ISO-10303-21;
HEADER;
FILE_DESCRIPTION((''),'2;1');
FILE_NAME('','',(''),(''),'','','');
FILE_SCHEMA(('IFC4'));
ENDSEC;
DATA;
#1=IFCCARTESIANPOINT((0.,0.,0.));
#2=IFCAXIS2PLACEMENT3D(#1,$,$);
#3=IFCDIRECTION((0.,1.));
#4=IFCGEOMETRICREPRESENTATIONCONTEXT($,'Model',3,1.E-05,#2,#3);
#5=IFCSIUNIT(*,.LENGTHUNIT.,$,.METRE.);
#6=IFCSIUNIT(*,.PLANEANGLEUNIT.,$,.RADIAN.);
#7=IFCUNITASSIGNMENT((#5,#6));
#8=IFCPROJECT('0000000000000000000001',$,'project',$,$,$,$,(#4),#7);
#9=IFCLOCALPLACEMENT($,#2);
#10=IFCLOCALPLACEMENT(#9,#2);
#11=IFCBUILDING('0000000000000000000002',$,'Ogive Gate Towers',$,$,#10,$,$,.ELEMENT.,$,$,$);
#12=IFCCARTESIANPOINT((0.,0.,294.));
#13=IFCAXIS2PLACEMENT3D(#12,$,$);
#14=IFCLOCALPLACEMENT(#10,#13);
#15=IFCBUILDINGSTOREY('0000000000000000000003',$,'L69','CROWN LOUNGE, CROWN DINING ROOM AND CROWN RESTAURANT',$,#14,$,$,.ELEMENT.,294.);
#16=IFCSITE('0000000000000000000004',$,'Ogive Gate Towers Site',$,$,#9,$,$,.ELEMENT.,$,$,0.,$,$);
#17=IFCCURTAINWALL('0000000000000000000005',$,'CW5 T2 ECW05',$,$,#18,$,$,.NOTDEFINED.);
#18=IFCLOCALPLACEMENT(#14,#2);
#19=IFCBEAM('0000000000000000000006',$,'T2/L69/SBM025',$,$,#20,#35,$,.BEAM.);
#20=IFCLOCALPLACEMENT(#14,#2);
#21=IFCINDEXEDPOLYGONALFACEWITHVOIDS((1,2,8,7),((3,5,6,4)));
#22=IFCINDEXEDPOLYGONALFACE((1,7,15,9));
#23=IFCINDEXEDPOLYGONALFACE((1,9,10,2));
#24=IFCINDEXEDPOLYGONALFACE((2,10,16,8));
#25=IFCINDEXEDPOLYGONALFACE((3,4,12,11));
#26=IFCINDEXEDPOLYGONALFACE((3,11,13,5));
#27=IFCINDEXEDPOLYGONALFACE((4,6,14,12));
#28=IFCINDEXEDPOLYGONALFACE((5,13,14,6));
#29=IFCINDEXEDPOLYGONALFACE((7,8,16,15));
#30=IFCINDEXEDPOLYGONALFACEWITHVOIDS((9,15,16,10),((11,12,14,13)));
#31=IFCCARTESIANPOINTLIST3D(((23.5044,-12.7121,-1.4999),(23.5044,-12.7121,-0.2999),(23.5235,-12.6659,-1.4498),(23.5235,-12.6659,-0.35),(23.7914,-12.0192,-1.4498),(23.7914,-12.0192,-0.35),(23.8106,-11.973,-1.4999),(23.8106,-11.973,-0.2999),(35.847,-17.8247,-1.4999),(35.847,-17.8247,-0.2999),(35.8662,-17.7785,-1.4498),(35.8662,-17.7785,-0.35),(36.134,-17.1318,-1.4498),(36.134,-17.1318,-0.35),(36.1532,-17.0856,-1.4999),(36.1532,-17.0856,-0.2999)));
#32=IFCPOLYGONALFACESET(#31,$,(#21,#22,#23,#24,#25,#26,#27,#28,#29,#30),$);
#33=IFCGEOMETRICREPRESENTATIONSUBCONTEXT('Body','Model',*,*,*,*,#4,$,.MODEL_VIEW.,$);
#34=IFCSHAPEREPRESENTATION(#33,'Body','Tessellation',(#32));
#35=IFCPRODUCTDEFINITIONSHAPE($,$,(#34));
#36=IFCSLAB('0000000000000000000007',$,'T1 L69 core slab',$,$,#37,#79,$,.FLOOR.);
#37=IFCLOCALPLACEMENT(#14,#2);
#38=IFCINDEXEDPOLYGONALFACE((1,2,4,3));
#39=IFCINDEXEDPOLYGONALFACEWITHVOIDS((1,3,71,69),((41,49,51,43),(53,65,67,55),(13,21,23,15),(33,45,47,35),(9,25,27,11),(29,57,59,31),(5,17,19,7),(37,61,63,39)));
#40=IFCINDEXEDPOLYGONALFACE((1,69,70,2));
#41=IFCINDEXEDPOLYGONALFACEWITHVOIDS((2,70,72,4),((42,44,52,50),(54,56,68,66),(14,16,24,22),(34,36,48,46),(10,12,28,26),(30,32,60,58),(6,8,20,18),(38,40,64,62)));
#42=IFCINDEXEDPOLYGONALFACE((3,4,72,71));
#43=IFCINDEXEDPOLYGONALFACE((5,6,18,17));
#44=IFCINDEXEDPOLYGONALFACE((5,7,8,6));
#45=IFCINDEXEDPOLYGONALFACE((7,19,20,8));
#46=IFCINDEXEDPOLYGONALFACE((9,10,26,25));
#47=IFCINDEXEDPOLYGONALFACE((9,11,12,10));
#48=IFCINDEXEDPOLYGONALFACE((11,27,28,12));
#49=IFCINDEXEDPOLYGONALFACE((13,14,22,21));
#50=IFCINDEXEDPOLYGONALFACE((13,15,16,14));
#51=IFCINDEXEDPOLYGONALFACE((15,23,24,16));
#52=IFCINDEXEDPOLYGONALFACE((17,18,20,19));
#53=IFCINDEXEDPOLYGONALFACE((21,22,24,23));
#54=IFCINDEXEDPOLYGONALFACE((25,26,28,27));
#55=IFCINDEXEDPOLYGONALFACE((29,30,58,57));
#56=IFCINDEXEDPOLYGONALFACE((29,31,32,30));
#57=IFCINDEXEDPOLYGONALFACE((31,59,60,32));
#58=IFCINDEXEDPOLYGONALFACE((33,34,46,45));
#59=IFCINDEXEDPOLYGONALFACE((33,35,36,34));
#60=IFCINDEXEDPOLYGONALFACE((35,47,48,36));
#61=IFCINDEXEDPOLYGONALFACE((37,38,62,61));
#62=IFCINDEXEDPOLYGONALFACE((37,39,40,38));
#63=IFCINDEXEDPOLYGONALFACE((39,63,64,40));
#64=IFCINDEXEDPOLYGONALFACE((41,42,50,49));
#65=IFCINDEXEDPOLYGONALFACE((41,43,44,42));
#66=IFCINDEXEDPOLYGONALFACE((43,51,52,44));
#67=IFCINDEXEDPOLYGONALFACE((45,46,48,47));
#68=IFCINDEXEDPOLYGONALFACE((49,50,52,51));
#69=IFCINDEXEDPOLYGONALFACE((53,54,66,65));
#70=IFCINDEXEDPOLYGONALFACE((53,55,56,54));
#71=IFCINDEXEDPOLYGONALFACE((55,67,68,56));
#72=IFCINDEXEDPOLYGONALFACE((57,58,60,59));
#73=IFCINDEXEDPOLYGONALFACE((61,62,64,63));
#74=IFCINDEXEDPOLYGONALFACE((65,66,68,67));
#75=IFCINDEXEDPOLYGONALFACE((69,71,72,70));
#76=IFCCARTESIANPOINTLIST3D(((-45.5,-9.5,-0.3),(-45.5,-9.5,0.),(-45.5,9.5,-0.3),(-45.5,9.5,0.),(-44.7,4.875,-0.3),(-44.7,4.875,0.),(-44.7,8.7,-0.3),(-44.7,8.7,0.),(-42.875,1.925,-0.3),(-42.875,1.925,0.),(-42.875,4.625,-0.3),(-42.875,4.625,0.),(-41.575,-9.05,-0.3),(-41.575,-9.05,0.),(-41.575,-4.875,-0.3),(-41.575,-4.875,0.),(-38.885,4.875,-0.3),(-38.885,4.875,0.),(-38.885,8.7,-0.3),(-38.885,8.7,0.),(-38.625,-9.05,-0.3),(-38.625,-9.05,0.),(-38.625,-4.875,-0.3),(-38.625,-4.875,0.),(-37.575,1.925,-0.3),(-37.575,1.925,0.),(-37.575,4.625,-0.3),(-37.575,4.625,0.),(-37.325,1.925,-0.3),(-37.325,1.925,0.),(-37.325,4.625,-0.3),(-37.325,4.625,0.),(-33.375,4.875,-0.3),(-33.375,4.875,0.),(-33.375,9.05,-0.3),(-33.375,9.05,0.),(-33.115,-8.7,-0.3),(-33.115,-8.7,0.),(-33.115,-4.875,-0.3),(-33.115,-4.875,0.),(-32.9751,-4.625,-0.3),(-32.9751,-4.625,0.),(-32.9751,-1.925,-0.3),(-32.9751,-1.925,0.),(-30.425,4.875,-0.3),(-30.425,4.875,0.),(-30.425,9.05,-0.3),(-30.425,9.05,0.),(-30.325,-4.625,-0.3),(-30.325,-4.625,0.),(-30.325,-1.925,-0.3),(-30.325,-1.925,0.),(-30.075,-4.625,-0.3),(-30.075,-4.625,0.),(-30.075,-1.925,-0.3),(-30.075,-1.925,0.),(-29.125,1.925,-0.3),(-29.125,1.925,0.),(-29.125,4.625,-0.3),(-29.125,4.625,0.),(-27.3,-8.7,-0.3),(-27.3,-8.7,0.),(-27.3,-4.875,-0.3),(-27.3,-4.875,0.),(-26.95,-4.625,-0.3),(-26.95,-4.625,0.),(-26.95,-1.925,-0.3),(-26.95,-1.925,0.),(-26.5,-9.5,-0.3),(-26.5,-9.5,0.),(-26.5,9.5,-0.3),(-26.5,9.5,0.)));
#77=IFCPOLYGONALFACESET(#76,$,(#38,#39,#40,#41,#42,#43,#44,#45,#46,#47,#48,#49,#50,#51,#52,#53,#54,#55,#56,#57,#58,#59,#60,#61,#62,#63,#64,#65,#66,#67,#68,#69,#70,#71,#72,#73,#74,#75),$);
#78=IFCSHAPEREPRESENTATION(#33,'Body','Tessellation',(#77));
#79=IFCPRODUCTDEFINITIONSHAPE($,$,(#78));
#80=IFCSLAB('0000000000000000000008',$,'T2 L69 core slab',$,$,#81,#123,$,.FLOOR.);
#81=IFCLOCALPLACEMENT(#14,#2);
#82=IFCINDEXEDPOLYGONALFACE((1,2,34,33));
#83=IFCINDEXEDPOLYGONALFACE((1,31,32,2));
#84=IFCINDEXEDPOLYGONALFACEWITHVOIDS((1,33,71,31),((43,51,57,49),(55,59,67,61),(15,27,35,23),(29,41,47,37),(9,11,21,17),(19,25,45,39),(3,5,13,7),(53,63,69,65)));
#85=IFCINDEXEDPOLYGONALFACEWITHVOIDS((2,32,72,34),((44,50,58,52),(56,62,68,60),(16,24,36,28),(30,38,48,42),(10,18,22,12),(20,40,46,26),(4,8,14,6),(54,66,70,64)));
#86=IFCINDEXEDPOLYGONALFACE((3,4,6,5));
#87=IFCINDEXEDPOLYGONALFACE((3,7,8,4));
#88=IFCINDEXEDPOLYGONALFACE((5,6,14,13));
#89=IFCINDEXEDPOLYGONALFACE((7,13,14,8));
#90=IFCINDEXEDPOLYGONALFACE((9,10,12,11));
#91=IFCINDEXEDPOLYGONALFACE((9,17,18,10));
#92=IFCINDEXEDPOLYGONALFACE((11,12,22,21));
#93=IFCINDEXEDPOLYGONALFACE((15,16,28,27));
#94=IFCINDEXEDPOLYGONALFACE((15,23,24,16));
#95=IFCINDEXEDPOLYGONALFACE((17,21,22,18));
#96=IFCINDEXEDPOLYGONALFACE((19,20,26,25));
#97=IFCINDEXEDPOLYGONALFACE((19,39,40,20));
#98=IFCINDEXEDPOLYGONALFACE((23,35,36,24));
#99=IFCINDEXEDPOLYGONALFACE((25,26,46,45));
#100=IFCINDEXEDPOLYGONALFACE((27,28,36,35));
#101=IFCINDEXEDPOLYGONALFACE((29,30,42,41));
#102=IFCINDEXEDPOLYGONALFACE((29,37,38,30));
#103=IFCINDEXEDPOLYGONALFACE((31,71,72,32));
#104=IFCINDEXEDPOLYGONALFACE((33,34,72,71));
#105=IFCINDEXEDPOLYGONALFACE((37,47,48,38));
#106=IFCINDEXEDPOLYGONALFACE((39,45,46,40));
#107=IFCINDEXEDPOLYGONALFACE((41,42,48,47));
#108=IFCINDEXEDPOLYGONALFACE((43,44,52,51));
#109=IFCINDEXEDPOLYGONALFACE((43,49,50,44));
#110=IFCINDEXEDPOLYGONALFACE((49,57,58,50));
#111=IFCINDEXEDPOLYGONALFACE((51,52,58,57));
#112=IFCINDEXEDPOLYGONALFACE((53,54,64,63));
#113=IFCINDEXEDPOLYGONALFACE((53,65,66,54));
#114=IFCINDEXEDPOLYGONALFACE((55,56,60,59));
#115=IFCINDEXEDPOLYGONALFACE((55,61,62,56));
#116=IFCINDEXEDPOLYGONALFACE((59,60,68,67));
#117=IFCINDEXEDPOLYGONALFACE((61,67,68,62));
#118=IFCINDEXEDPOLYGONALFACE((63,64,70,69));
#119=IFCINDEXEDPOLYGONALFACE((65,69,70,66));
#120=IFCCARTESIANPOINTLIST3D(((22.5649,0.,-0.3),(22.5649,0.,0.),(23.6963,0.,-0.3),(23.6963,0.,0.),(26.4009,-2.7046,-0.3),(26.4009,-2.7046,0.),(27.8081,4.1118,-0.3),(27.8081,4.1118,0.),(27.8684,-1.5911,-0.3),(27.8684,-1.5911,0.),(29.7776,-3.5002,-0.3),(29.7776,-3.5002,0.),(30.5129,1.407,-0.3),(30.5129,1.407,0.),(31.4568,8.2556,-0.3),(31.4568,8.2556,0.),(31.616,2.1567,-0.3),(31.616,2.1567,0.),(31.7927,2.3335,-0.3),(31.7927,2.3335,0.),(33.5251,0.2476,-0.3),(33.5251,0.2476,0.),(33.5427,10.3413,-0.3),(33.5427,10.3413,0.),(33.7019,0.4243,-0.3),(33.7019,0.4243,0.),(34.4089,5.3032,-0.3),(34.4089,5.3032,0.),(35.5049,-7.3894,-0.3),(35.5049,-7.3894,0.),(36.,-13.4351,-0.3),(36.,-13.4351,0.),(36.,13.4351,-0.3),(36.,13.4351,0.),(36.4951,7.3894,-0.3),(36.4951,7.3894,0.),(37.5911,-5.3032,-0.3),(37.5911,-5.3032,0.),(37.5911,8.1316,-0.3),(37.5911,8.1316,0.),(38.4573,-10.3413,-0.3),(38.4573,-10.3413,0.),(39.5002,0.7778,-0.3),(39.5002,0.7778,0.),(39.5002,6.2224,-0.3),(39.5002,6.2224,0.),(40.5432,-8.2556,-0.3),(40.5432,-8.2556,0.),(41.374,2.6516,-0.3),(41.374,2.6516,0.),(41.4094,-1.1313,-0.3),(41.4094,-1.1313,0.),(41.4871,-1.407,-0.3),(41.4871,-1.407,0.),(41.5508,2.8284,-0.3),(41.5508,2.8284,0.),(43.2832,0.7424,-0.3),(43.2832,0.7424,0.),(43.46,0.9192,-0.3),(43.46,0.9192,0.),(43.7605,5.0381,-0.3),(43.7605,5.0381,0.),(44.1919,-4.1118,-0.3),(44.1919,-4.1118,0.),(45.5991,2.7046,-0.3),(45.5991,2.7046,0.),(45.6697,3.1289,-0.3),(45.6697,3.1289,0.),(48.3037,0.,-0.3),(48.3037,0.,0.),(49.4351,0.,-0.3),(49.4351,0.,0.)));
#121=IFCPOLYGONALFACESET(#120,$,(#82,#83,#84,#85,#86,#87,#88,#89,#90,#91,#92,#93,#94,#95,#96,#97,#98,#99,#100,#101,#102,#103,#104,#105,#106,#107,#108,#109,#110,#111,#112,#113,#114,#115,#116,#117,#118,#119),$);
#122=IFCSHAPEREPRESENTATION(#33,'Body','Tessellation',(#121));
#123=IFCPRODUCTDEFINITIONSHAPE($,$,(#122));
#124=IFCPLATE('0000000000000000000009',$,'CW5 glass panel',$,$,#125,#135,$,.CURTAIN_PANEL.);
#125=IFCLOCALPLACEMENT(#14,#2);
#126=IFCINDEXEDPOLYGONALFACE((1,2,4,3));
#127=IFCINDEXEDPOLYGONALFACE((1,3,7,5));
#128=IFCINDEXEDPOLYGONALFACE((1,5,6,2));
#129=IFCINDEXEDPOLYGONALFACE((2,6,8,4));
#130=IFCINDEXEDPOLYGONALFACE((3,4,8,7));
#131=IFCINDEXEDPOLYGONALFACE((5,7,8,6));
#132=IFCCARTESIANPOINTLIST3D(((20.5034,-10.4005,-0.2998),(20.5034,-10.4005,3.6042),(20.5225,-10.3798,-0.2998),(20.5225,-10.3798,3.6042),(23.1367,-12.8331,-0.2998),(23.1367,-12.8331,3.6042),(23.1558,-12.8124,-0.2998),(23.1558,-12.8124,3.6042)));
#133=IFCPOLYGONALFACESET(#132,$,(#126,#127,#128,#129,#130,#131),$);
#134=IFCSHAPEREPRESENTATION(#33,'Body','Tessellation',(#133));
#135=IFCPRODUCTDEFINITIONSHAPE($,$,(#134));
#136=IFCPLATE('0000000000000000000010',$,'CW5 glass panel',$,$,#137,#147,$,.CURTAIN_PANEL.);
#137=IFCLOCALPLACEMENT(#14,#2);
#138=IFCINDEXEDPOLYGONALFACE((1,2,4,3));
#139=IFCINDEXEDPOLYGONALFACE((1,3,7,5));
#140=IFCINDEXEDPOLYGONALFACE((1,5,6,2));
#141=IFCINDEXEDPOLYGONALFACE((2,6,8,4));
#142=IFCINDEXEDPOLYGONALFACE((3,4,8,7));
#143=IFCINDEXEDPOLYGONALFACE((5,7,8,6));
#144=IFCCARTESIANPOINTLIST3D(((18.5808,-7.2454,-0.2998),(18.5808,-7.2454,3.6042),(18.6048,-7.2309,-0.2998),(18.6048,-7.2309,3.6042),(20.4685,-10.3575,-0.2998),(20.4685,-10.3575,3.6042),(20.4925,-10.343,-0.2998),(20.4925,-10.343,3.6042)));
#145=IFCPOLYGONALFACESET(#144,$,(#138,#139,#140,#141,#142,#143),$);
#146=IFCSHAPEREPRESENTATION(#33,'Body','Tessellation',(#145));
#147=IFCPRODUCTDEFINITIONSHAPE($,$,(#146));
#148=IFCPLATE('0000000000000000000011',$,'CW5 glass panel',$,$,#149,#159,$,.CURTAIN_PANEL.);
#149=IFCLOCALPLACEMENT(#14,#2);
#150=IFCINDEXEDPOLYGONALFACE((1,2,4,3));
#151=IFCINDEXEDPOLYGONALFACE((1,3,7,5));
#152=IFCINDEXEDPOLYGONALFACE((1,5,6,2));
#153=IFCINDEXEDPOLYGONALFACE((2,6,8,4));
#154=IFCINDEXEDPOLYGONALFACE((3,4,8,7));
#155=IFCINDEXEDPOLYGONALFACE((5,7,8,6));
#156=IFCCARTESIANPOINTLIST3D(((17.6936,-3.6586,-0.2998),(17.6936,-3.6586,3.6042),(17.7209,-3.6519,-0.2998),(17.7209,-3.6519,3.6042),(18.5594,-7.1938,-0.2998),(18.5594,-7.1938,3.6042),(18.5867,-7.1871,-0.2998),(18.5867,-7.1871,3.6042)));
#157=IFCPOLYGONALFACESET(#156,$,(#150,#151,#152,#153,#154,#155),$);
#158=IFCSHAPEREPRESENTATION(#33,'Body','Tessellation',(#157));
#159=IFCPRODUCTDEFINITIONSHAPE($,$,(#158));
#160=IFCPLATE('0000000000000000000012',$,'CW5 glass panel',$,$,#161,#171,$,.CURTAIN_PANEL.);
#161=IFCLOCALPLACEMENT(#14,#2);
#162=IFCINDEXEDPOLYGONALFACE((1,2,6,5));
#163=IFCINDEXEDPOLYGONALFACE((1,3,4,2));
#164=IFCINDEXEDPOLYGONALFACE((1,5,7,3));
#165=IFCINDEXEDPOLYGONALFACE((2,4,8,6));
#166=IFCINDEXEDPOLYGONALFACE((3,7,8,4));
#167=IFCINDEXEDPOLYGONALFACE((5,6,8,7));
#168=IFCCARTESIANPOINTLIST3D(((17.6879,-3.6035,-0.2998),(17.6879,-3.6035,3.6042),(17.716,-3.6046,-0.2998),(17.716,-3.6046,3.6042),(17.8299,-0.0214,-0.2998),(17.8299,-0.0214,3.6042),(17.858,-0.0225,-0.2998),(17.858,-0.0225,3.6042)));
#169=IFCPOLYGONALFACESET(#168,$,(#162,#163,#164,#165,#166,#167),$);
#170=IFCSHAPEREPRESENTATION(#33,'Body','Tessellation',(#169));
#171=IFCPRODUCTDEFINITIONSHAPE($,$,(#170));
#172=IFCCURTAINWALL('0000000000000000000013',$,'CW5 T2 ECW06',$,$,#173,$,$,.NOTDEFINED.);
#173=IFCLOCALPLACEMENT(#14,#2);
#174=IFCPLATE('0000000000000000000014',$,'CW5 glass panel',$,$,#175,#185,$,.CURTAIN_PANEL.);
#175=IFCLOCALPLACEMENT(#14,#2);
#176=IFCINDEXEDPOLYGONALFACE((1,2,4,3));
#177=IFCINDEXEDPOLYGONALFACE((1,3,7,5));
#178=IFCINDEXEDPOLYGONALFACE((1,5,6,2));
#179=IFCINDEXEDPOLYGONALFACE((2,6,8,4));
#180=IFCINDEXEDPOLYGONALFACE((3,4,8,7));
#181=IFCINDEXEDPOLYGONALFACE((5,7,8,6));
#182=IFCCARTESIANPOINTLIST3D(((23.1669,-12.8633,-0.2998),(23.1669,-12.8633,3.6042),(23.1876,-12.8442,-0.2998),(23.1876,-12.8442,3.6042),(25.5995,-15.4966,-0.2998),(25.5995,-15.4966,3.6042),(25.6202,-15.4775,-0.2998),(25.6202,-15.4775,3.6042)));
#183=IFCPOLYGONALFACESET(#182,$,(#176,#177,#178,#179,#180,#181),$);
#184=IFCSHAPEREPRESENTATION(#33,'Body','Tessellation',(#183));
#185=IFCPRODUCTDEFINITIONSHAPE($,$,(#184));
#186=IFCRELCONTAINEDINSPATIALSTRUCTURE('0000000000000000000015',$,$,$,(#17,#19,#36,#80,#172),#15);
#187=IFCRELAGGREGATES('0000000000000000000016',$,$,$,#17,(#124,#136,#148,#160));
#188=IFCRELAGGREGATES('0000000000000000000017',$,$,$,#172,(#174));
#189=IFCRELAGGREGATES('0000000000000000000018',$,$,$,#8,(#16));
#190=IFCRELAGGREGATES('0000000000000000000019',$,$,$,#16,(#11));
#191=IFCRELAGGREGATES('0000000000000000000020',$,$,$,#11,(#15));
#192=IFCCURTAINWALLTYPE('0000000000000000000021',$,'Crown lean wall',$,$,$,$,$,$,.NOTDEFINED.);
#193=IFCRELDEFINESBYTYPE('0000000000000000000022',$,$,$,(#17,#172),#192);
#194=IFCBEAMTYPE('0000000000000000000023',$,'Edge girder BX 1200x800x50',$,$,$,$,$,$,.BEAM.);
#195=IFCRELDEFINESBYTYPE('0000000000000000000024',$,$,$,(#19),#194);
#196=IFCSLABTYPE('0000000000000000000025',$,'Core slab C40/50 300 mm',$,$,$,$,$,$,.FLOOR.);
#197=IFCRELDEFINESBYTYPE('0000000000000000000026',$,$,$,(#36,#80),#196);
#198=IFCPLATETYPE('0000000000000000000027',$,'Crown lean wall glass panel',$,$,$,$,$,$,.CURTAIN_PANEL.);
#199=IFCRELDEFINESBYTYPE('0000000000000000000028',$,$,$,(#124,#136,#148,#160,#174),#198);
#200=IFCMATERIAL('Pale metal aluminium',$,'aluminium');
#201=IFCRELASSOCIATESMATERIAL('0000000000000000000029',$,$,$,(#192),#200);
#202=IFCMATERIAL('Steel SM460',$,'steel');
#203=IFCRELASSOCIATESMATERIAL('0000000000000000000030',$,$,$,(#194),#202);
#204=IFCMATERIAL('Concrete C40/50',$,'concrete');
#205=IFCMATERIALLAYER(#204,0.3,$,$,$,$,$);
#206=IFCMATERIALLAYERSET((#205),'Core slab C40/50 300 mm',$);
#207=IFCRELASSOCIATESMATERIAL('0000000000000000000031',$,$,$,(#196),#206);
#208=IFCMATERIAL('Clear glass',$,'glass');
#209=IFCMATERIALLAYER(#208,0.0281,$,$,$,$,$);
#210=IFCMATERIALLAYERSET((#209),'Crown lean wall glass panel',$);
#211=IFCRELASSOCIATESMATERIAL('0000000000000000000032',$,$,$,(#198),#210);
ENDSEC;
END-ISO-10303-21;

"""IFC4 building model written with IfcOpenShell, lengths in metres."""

from ifc_helpers import new_model, si_unit, direction, frame, origin, origin_2d, place, context, subcontext, project, spatial, polyline, rectangle, hollow_rectangle, outline, extrude, material, layer, layer_set, material_profile, profile_set, type_object, element, aggregate, save


model = new_model("IFC4")

# Units and contexts
model_context = context("Model", 3, precision=1e-05, world=origin(), true_north=direction((0.0, 1.0)))
body_context = subcontext(model_context, "Body", "Model", "MODEL_VIEW")
ifc_project = project(units=[si_unit("LENGTHUNIT", "METRE"), si_unit("PLANEANGLEUNIT", "RADIAN")], contexts=[model_context])

# Site, building, storey
site_placement = place(None, origin())
site = spatial("IfcSite", under=ifc_project, at=site_placement, Name="Ogive Gate Towers Site", CompositionType="ELEMENT", RefElevation=0.0)
building_placement = place(site_placement, origin())
building = spatial("IfcBuilding", under=site, at=building_placement, Name="Ogive Gate Towers", CompositionType="ELEMENT")
storey_placement = place(building_placement, frame((0.0, 0.0, 294.0)))
storey = spatial("IfcBuildingStorey", under=building, at=storey_placement, Name="L69", Description="CROWN LOUNGE, CROWN DINING ROOM AND CROWN RESTAURANT", CompositionType="ELEMENT", Elevation=294.0)

# Shared definitions
ifc_material_1 = material(Name="Steel SM460", Category="steel")

# Shared definitions
ifc_material_2 = material(Name="Pale metal aluminium", Category="aluminium")
curtain_wall_type = type_object("IfcCurtainWallType", Name="Crown lean wall", PredefinedType="NOTDEFINED", material=ifc_material_2)

# Curtain wall
curtain_wall_1_placement = place(storey_placement, origin())
curtain_wall_1 = element("IfcCurtainWall", 1, at=curtain_wall_1_placement, inside=storey, type_object=curtain_wall_type, Name="CW5 T2 ECW05", PredefinedType="NOTDEFINED")

# Beam
ifc_material_profile_1 = material_profile(ifc_material_1, hollow_rectangle(XDim=0.8, YDim=1.2, WallThickness=0.05, at=origin_2d()), Name="BX 1200x800x50")
ifc_profile_set_1 = profile_set([ifc_material_profile_1], Name="Steel SM460")
beam_type_1 = type_object("IfcBeamType", Name="Edge girder BX 1200x800x50", PredefinedType="BEAM", material=ifc_profile_set_1)
beam_1_placement = place(storey_placement, frame((23.6575, -12.3425, -0.8999), z_axis=(0.923877, -0.38269, 0.0), x_axis=(0.38269, 0.923877, 0.0)))
element("IfcBeam", 2, at=beam_1_placement, inside=storey, type_object=beam_type_1, Name="T2/L69/SBM025", PredefinedType="BEAM", context=body_context, shape_type="SweptSolid", body=[
    extrude(hollow_rectangle(XDim=0.8, YDim=1.2, WallThickness=0.05, at=origin_2d()), origin(), (0.0, 0.0, 1.0), 13.3596),
])

# Slabs
ifc_material_3 = material(Name="Concrete C40/50", Category="concrete")
ifc_layer_1 = layer(ifc_material_3, 0.3)
ifc_layer_set_1 = layer_set([ifc_layer_1], Name="Core slab C40/50 300 mm")
slab_type_1 = type_object("IfcSlabType", Name="Core slab C40/50 300 mm", PredefinedType="FLOOR", material=ifc_layer_set_1)
slab_1_placement = place(storey_placement, frame((0.0, 0.0, -0.3)))
element("IfcSlab", 3, at=slab_1_placement, inside=storey, type_object=slab_type_1, Name="T1 L69 core slab", PredefinedType="FLOOR", context=body_context, shape_type="SweptSolid", body=[
    extrude(outline(polyline([(-45.5, -9.5), (-45.5, 9.5), (-26.5, 9.5), (-26.5, -9.5), (-45.5, -9.5)]), holes=[polyline([(-42.875, 1.925), (-37.575, 1.925), (-37.575, 4.625), (-42.875, 4.625), (-42.875, 1.925)]), polyline([(-37.325, 4.625), (-37.325, 1.925), (-29.125, 1.925), (-29.125, 4.625), (-37.325, 4.625)]), polyline([(-30.325, -1.925), (-32.9751, -1.925), (-32.9751, -4.625), (-30.325, -4.625), (-30.325, -1.925)]), polyline([(-26.95, -4.625), (-26.95, -1.925), (-30.075, -1.925), (-30.075, -4.625), (-26.95, -4.625)]), polyline([(-33.375, 4.875), (-30.425, 4.875), (-30.425, 9.05), (-33.375, 9.05), (-33.375, 4.875)]), polyline([(-41.575, -4.875), (-41.575, -9.05), (-38.625, -9.05), (-38.625, -4.875), (-41.575, -4.875)]), polyline([(-44.7, 4.875), (-38.885, 4.875), (-38.885, 8.7), (-44.7, 8.7), (-44.7, 4.875)]), polyline([(-27.3, -8.7), (-27.3, -4.875), (-33.115, -4.875), (-33.115, -8.7), (-27.3, -8.7)])]), origin(), (0.0, 0.0, 1.0), 0.3),
])
slab_2_placement = place(storey_placement, frame((0.0, 0.0, -0.3)))
element("IfcSlab", 4, at=slab_2_placement, inside=storey, type_object=slab_type_1, Name="T2 L69 core slab", PredefinedType="FLOOR", context=body_context, shape_type="SweptSolid", body=[
    extrude(outline(polyline([(36.0, -13.4351), (22.5649, 0.0), (36.0, 13.4351), (49.4351, 0.0), (36.0, -13.4351)]), holes=[polyline([(29.7776, -3.5002), (33.5251, 0.2476), (31.616, 2.1567), (27.8684, -1.5911), (29.7776, -3.5002)]), polyline([(31.7927, 2.3335), (33.7019, 0.4243), (39.5002, 6.2224), (37.5911, 8.1316), (31.7927, 2.3335)]), polyline([(41.374, 2.6516), (39.5002, 0.7778), (41.4094, -1.1313), (43.2832, 0.7424), (41.374, 2.6516)]), polyline([(45.6697, 3.1289), (43.7605, 5.0381), (41.5508, 2.8284), (43.46, 0.9192), (45.6697, 3.1289)]), polyline([(34.4089, 5.3032), (36.4951, 7.3894), (33.5427, 10.3413), (31.4568, 8.2556), (34.4089, 5.3032)]), polyline([(35.5049, -7.3894), (38.4573, -10.3413), (40.5432, -8.2556), (37.5911, -5.3032), (35.5049, -7.3894)]), polyline([(26.4009, -2.7046), (30.5129, 1.407), (27.8081, 4.1118), (23.6963, 0.0), (26.4009, -2.7046)]), polyline([(48.3037, 0.0), (45.5991, 2.7046), (41.4871, -1.407), (44.1919, -4.1118), (48.3037, 0.0)])]), origin(), (0.0, 0.0, 1.0), 0.3),
])

# Plates
ifc_material_4 = material(Name="Clear glass", Category="glass")
ifc_layer_2 = layer(ifc_material_4, 0.0281)
ifc_layer_set_2 = layer_set([ifc_layer_2], Name="Crown lean wall glass panel")
plate_type = type_object("IfcPlateType", Name="Crown lean wall glass panel", PredefinedType="CURTAIN_PANEL", material=ifc_layer_set_2)
plate_1_placement = place(storey_placement, frame((21.8296, -11.6064, -0.2998), z_axis=(0.0, 0.0, 1.0), x_axis=(-0.734548, 0.678557, 0.0)))
plate_1 = element("IfcPlate", 5, at=plate_1_placement, type_object=plate_type, Name="CW5 glass panel", PredefinedType="CURTAIN_PANEL", context=body_context, shape_type="SweptSolid", body=[
    extrude(rectangle(XDim=3.585, YDim=0.0281, at=origin_2d()), origin(), (0.0, 0.0, 1.0), 3.9041),
])
plate_2_placement = place(storey_placement, frame((19.5366, -8.7942, -0.2998), z_axis=(0.0, 0.0, 1.0), x_axis=(-0.518624, 0.855002, 0.0)))
plate_2 = element("IfcPlate", 6, at=plate_2_placement, type_object=plate_type, Name="CW5 glass panel", PredefinedType="CURTAIN_PANEL", context=body_context, shape_type="SweptSolid", body=[
    extrude(rectangle(XDim=3.6399, YDim=0.0281, at=origin_2d()), origin(), (0.0, 0.0, 1.0), 3.9041),
])
plate_3_placement = place(storey_placement, frame((18.1401, -5.4229, -0.2998), z_axis=(0.0, 0.0, 1.0), x_axis=(-0.237872, 0.971296, 0.0)))
plate_3 = element("IfcPlate", 7, at=plate_3_placement, type_object=plate_type, Name="CW5 glass panel", PredefinedType="CURTAIN_PANEL", context=body_context, shape_type="SweptSolid", body=[
    extrude(rectangle(XDim=3.6396, YDim=0.0281, at=origin_2d()), origin(), (0.0, 0.0, 1.0), 3.9041),
])
plate_4_placement = place(storey_placement, frame((17.7729, -1.813, -0.2998), z_axis=(0.0, 0.0, 1.0), x_axis=(0.039609, 0.999215, 0.0)))
plate_4 = element("IfcPlate", 8, at=plate_4_placement, type_object=plate_type, Name="CW5 glass panel", PredefinedType="CURTAIN_PANEL", context=body_context, shape_type="SweptSolid", body=[
    extrude(rectangle(XDim=3.585, YDim=0.0281, at=origin_2d()), origin(), (0.0, 0.0, 1.0), 3.9041),
])
aggregate(curtain_wall_1, [plate_1, plate_2, plate_3, plate_4])

# Curtain wall, plate
curtain_wall_2_placement = place(storey_placement, origin())
curtain_wall_2 = element("IfcCurtainWall", 9, at=curtain_wall_2_placement, inside=storey, type_object=curtain_wall_type, Name="CW5 T2 ECW06", PredefinedType="NOTDEFINED")
plate_5_placement = place(storey_placement, frame((24.3936, -14.1704, -0.2998), z_axis=(0.0, 0.0, 1.0), x_axis=(-0.678557, 0.734548, 0.0)))
plate_5 = element("IfcPlate", 10, at=plate_5_placement, type_object=plate_type, Name="CW5 glass panel", PredefinedType="CURTAIN_PANEL", context=body_context, shape_type="SweptSolid", body=[
    extrude(rectangle(XDim=3.585, YDim=0.0281, at=origin_2d()), origin(), (0.0, 0.0, 1.0), 3.9041),
])
aggregate(curtain_wall_2, [plate_5])

save(model, "model.ifc")
